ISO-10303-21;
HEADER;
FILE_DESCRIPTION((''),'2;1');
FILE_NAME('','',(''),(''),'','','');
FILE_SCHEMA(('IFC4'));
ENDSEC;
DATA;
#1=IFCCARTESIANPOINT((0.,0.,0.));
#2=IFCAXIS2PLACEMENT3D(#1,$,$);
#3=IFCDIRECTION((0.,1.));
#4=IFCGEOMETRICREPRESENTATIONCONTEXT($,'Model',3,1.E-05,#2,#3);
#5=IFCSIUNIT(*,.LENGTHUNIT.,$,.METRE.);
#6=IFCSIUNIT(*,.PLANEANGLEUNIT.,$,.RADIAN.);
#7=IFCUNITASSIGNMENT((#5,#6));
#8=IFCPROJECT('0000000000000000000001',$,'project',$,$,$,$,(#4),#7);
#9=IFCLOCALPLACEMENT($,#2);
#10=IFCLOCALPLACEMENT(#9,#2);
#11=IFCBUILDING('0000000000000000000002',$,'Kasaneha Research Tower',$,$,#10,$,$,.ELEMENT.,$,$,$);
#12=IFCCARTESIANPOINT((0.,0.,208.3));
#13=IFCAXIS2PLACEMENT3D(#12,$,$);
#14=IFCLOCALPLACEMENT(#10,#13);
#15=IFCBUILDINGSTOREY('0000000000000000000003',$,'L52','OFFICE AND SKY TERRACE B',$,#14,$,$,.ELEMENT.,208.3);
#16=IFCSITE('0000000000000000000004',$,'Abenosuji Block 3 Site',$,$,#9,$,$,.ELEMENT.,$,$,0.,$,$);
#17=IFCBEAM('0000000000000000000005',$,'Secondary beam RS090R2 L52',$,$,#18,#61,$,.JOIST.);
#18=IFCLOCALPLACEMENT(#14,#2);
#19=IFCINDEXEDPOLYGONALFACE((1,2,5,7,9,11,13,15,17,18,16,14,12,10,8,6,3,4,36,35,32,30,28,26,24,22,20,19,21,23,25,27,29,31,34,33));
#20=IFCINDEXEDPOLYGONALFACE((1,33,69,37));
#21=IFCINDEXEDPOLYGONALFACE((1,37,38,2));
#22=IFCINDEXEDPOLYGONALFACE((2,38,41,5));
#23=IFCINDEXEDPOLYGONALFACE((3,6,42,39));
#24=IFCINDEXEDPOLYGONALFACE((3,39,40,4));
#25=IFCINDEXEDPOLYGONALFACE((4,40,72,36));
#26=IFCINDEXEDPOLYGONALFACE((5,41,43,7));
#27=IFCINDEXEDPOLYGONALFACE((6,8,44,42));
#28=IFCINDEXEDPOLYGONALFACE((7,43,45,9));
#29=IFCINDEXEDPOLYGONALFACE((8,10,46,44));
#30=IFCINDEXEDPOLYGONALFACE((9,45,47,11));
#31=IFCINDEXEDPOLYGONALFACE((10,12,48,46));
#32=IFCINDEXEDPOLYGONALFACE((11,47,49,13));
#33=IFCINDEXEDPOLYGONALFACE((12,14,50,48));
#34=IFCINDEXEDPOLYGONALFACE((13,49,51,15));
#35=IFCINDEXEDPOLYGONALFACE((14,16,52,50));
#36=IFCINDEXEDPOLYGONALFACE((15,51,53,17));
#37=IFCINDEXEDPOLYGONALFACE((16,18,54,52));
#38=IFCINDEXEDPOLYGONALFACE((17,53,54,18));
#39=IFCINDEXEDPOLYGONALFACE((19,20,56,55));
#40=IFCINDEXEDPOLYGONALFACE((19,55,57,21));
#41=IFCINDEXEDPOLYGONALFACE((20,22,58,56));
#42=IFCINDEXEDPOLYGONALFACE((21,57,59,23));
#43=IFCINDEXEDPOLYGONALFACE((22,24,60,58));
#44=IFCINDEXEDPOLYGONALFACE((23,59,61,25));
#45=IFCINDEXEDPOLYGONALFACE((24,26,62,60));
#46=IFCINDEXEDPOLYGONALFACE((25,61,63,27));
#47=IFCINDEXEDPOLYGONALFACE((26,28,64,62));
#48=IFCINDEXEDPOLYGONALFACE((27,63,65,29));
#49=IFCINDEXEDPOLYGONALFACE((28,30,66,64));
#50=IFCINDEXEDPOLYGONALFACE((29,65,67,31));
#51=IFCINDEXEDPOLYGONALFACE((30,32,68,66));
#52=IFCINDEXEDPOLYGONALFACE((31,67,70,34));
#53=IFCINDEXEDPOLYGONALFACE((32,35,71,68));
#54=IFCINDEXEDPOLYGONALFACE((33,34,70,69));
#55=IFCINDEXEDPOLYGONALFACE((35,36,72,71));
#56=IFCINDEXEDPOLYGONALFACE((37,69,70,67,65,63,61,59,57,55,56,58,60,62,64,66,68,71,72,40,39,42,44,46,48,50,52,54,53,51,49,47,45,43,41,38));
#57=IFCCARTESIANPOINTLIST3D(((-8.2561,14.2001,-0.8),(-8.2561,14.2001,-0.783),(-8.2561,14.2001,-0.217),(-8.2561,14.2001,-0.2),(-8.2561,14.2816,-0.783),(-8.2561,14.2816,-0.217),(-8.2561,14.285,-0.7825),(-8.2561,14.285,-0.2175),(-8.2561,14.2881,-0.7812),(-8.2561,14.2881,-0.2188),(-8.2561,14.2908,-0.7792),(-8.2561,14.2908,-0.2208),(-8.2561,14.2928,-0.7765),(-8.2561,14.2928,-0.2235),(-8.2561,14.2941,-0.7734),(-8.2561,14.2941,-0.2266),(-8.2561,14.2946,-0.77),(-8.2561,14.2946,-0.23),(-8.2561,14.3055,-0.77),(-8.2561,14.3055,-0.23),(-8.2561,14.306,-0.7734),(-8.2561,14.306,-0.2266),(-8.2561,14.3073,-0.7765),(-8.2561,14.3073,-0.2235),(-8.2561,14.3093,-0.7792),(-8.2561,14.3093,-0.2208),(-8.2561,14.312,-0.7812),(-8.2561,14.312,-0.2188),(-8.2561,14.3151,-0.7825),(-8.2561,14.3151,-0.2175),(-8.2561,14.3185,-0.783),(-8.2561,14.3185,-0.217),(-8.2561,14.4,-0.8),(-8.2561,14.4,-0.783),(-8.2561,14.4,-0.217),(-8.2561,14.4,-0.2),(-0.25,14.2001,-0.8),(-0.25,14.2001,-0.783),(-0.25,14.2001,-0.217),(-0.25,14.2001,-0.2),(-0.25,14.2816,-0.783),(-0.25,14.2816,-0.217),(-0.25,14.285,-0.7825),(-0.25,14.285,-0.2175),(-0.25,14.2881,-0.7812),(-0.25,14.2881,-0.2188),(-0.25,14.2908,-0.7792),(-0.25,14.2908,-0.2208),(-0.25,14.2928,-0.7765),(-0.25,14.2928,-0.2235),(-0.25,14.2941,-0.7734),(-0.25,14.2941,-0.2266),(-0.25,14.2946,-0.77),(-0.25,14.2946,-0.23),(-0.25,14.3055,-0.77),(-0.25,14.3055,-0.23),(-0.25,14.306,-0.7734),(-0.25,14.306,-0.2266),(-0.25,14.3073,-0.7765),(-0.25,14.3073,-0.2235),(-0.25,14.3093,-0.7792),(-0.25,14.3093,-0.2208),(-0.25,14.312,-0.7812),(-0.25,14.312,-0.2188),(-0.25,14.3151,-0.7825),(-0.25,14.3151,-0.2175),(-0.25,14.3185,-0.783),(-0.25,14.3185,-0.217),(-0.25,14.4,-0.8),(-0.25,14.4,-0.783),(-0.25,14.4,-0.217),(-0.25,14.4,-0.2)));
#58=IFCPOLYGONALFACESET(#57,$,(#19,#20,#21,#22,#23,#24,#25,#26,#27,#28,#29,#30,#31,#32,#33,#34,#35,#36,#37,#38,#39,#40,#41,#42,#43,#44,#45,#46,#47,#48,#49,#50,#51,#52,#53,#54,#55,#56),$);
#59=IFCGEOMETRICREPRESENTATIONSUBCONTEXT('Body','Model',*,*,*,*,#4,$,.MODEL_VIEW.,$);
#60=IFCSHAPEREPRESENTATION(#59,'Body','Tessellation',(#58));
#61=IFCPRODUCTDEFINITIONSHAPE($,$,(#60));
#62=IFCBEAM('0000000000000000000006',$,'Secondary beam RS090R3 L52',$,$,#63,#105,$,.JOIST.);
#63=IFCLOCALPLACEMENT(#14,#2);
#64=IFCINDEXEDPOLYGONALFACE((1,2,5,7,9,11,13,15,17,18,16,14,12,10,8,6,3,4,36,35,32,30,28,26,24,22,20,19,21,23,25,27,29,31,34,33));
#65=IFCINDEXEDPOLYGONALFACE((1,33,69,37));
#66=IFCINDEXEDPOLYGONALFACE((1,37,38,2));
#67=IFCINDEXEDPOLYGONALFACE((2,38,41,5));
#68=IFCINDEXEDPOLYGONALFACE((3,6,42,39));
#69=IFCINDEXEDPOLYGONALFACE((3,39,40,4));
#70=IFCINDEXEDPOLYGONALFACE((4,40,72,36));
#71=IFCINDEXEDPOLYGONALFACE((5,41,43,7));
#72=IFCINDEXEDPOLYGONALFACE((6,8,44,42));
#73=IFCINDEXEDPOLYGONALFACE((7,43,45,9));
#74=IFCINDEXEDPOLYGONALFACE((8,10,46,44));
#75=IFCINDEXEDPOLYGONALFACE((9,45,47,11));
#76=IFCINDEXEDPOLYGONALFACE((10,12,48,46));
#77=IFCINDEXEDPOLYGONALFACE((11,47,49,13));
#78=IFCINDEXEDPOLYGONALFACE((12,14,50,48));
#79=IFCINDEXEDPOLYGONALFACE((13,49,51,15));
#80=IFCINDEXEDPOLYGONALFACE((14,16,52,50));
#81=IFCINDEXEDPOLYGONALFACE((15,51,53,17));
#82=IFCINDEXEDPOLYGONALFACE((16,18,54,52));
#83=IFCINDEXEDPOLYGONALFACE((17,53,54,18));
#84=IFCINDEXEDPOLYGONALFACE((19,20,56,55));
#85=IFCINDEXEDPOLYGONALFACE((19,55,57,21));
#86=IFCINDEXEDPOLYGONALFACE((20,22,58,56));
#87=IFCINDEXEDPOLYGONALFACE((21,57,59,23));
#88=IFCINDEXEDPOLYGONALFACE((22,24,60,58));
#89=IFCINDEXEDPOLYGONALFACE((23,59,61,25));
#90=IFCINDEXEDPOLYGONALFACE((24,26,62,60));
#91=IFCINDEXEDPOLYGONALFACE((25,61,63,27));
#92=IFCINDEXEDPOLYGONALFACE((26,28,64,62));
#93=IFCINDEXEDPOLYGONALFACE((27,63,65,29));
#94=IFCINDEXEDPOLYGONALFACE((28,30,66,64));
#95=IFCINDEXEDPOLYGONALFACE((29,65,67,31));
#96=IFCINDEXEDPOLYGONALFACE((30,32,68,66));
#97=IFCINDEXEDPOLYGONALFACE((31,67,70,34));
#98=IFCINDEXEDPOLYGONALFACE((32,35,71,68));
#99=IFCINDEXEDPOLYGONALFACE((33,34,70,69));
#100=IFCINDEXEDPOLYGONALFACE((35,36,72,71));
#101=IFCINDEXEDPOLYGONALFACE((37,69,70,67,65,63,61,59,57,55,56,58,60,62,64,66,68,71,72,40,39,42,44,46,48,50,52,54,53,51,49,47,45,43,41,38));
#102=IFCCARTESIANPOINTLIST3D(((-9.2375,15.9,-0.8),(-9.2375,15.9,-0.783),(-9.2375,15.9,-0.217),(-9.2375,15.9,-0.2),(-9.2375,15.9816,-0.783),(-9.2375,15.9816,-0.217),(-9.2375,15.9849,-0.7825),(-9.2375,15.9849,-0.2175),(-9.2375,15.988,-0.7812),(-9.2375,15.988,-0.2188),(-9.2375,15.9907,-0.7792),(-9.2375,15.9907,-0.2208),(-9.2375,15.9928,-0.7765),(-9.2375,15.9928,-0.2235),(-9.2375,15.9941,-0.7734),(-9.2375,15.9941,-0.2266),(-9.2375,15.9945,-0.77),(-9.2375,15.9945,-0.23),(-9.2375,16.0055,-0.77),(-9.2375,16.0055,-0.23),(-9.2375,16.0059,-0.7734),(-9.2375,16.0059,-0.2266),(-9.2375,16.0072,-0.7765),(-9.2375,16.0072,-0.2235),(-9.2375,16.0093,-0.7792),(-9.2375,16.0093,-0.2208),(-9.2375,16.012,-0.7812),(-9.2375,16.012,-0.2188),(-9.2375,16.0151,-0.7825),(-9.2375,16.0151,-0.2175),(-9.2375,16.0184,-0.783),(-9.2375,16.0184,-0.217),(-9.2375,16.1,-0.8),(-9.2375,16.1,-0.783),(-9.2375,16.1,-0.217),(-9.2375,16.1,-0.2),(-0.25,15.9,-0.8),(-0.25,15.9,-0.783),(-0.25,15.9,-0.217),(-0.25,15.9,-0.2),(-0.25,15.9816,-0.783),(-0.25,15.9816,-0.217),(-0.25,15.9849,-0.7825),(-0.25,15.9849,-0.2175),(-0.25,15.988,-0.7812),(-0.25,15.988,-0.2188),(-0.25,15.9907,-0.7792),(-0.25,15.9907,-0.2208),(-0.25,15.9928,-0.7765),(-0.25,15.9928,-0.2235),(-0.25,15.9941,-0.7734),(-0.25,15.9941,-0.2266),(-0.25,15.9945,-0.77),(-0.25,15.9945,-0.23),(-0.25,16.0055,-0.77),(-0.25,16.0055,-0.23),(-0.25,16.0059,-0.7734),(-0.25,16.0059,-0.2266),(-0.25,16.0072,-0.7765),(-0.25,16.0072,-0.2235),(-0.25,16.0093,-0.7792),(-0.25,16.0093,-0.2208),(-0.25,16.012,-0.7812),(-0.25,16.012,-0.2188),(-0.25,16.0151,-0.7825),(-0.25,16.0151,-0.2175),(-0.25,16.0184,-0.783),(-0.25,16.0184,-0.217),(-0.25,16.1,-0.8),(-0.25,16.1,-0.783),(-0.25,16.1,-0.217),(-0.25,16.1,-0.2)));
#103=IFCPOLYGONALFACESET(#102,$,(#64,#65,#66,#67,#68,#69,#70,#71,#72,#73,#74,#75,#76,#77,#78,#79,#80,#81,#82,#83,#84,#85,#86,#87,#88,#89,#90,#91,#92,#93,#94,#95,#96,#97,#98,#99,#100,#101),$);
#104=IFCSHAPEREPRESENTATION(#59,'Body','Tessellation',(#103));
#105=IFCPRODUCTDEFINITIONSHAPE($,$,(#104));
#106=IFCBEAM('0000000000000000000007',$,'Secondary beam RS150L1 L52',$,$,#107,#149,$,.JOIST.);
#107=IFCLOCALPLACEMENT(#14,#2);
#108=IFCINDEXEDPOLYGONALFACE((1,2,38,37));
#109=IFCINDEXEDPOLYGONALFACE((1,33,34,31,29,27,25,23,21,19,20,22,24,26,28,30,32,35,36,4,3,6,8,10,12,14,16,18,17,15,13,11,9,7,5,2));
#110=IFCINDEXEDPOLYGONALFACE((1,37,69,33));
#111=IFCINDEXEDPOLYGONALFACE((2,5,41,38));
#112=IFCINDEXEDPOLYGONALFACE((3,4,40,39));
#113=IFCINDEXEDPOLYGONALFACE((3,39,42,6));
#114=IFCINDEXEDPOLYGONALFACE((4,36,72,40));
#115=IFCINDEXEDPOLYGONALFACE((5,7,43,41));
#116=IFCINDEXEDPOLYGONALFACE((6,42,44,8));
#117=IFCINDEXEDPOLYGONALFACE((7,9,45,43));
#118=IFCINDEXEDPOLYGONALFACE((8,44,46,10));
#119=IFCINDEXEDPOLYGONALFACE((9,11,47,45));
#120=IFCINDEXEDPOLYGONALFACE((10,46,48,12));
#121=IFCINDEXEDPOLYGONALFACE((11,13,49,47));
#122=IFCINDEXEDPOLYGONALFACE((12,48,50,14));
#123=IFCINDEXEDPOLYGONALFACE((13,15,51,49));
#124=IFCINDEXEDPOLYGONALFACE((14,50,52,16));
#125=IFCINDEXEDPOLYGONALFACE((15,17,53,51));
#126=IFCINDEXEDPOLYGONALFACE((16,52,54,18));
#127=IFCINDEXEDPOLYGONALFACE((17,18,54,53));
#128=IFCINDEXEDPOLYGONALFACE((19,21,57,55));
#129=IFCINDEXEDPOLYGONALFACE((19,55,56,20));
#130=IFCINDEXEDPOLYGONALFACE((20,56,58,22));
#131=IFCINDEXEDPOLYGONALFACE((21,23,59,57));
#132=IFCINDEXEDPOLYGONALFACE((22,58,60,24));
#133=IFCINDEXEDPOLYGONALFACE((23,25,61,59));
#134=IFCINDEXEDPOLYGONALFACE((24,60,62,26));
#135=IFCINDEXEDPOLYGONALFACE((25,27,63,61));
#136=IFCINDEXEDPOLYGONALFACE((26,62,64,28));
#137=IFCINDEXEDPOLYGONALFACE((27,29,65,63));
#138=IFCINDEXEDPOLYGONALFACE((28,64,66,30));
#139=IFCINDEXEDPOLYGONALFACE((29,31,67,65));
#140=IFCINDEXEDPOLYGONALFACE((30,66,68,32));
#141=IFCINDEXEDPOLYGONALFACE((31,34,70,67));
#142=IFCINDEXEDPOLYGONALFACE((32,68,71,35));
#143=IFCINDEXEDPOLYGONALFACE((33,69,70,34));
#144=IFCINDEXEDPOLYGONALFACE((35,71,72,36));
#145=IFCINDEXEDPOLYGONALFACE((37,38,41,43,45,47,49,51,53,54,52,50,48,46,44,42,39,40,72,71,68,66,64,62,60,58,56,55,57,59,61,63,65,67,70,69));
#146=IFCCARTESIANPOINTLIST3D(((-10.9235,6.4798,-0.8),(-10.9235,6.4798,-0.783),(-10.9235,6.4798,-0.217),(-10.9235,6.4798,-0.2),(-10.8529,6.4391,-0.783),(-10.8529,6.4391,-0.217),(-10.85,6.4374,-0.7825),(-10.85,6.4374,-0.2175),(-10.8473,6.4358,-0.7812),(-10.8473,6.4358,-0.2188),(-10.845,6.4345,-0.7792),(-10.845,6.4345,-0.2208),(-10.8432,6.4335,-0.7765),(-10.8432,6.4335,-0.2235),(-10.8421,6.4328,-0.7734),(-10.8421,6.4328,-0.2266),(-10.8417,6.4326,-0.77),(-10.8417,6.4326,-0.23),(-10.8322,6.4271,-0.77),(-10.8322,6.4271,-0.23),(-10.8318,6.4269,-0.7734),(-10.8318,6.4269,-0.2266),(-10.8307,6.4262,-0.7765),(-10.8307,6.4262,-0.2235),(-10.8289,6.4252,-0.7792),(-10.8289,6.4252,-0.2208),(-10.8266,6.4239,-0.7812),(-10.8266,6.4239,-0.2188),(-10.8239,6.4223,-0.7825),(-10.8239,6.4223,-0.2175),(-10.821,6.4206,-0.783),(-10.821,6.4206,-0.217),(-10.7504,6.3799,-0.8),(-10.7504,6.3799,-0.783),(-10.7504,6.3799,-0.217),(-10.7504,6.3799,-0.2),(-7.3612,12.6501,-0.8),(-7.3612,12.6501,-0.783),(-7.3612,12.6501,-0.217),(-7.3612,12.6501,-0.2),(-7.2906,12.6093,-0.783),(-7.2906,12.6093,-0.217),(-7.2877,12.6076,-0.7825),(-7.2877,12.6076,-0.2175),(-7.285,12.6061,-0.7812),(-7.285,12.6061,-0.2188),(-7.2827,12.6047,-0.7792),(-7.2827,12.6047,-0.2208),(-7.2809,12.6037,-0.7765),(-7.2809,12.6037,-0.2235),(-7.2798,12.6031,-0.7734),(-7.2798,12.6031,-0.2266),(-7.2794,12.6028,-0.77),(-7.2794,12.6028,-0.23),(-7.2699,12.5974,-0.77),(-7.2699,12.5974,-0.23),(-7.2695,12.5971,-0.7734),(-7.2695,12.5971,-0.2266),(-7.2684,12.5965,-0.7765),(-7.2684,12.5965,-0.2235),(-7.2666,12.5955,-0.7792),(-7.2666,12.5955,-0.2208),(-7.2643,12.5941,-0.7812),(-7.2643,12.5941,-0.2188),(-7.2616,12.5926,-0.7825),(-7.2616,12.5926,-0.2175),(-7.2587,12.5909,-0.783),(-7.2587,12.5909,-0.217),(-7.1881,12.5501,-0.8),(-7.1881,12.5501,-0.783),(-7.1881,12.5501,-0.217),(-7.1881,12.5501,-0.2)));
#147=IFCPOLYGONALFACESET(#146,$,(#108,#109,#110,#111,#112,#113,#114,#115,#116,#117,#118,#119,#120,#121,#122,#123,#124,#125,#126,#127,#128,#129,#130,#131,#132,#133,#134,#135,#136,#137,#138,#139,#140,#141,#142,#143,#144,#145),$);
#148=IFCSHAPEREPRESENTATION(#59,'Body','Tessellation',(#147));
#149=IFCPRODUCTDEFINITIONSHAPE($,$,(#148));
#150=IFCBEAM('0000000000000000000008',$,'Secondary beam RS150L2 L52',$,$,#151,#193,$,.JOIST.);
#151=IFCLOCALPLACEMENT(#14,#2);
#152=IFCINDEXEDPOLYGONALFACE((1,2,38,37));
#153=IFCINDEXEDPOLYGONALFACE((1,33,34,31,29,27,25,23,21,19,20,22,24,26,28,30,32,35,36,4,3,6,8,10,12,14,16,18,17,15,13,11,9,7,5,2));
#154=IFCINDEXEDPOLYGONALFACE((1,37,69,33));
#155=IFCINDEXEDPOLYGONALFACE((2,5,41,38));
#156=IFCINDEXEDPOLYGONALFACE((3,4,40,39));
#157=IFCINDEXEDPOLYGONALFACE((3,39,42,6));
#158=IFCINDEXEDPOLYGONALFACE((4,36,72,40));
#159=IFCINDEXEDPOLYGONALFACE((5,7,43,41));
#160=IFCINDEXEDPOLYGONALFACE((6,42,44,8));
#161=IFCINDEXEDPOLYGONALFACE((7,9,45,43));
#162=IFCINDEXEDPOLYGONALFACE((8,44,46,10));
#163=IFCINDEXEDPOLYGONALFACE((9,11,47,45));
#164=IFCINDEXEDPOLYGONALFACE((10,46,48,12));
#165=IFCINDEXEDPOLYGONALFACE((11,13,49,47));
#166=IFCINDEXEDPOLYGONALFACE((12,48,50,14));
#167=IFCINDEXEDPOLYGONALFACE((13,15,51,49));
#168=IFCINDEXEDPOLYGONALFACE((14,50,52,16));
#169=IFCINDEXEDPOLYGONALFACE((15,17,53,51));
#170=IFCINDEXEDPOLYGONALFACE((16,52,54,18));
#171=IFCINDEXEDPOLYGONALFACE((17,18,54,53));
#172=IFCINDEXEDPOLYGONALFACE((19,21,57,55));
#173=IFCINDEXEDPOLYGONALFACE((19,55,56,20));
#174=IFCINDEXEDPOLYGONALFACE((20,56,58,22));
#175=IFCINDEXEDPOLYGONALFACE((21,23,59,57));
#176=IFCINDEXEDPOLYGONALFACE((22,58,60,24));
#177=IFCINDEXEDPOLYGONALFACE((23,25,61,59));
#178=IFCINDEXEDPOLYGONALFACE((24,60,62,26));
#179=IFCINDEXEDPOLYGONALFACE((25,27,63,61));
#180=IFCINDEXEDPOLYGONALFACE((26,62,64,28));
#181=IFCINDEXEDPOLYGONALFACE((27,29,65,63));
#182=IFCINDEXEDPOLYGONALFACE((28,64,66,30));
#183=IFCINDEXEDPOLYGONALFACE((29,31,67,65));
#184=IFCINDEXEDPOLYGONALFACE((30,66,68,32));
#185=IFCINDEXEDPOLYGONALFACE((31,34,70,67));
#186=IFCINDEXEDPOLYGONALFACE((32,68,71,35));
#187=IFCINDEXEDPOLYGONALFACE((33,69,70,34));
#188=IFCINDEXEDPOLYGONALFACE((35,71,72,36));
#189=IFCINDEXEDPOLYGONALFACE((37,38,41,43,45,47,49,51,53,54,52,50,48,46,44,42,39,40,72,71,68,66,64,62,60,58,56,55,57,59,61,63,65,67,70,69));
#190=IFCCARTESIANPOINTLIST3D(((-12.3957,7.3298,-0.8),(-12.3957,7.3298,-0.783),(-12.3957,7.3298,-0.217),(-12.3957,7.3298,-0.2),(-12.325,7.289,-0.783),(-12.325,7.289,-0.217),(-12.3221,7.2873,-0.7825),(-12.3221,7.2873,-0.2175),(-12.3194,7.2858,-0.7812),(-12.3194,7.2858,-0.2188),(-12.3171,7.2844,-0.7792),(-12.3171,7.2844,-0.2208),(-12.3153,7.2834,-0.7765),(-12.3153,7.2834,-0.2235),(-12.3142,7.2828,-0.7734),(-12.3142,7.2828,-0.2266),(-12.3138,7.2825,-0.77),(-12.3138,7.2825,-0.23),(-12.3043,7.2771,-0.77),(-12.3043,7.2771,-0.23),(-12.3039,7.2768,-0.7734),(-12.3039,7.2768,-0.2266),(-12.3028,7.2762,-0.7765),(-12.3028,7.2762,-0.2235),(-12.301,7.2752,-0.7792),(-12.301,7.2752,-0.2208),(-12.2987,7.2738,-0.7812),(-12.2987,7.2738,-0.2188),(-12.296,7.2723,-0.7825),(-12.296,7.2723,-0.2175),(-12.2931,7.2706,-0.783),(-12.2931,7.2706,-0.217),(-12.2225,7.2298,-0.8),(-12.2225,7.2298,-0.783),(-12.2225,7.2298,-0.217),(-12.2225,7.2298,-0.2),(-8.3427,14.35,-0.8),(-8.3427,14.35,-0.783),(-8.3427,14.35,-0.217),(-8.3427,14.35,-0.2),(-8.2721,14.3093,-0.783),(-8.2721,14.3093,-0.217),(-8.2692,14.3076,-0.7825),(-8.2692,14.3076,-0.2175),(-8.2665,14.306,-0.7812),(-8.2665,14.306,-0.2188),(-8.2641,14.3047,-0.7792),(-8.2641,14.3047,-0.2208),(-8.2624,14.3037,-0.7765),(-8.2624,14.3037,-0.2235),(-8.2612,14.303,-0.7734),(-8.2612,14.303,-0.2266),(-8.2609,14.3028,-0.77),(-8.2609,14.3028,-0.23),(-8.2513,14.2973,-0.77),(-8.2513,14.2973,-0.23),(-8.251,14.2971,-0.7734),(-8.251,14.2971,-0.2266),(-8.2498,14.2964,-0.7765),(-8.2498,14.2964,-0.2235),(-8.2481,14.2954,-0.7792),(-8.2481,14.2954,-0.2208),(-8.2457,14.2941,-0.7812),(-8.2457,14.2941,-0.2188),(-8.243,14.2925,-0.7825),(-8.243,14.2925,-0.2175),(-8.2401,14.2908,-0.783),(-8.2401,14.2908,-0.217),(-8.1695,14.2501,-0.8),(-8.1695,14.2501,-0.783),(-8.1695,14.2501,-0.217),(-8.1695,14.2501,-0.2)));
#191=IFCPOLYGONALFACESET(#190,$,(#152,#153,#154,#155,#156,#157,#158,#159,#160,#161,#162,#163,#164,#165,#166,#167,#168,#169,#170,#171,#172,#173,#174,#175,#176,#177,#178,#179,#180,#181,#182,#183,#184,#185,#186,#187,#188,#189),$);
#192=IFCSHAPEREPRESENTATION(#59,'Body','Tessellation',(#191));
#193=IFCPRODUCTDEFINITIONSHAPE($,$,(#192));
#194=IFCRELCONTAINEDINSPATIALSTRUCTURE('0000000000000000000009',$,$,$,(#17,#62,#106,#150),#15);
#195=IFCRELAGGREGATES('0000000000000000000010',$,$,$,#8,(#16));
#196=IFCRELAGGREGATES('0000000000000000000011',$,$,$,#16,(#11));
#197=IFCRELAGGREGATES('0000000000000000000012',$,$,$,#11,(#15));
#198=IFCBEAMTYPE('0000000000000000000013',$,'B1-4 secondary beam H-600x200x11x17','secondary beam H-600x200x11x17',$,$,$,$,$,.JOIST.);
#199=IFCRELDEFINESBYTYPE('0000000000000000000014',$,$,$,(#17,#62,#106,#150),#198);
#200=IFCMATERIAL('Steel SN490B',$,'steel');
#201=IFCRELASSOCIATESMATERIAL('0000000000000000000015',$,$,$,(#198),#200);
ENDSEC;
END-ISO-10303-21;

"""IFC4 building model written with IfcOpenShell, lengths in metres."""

from ifc_helpers import new_model, si_unit, direction, frame, origin, origin_2d, place, context, subcontext, project, spatial, i_section, extrude, material, material_profile, profile_set, type_object, element, save


model = new_model("IFC4")

# Units and contexts
model_context = context("Model", 3, precision=1e-05, world=origin(), true_north=direction((0.0, 1.0)))
body_context = subcontext(model_context, "Body", "Model", "MODEL_VIEW")
ifc_project = project(units=[si_unit("LENGTHUNIT", "METRE"), si_unit("PLANEANGLEUNIT", "RADIAN")], contexts=[model_context])

# Site, building, storey
site_placement = place(None, origin())
site = spatial("IfcSite", under=ifc_project, at=site_placement, Name="Abenosuji Block 3 Site", CompositionType="ELEMENT", RefElevation=0.0)
building_placement = place(site_placement, origin())
building = spatial("IfcBuilding", under=site, at=building_placement, Name="Kasaneha Research Tower", CompositionType="ELEMENT")
storey_placement = place(building_placement, frame((0.0, 0.0, 208.3)))
storey = spatial("IfcBuildingStorey", under=building, at=storey_placement, Name="L52", Description="OFFICE AND SKY TERRACE B", CompositionType="ELEMENT", Elevation=208.3)

# Beams
ifc_material = material(Name="Steel SN490B", Category="steel")
ifc_material_profile = material_profile(ifc_material, i_section(OverallWidth=0.2, OverallDepth=0.6001, WebThickness=0.011, FlangeThickness=0.0171, FilletRadius=0.0129, at=origin_2d()), Name="H-600x200x11x17")
ifc_profile_set = profile_set([ifc_material_profile], Name="Steel SN490B")
beam_type = type_object("IfcBeamType", Name="B1-4 secondary beam H-600x200x11x17", Description="secondary beam H-600x200x11x17", PredefinedType="JOIST", material=ifc_profile_set)
beam_1_placement = place(storey_placement, frame((-8.2561, 14.3, -0.5), z_axis=(1.0, 0.0, 0.0), x_axis=(0.0, 1.0, 0.0)))
element("IfcBeam", 1, at=beam_1_placement, inside=storey, type_object=beam_type, Name="Secondary beam RS090R2 L52", PredefinedType="JOIST", context=body_context, shape_type="SweptSolid", body=[
    extrude(i_section(OverallWidth=0.2, OverallDepth=0.6001, WebThickness=0.011, FlangeThickness=0.0171, FilletRadius=0.0129, at=origin_2d()), origin(), (0.0, 0.0, 1.0), 8.0061),
])
beam_2_placement = place(storey_placement, frame((-9.2375, 16.0, -0.5), z_axis=(1.0, 0.0, 0.0), x_axis=(0.0, 1.0, 0.0)))
element("IfcBeam", 2, at=beam_2_placement, inside=storey, type_object=beam_type, Name="Secondary beam RS090R3 L52", PredefinedType="JOIST", context=body_context, shape_type="SweptSolid", body=[
    extrude(i_section(OverallWidth=0.2, OverallDepth=0.6001, WebThickness=0.011, FlangeThickness=0.0171, FilletRadius=0.0129, at=origin_2d()), origin(), (0.0, 0.0, 1.0), 8.9875),
])
beam_3_placement = place(storey_placement, frame((-7.2747, 12.6001, -0.5), z_axis=(-0.49999, -0.866031, 0.0), x_axis=(0.866031, -0.49999, 0.0)))
element("IfcBeam", 3, at=beam_3_placement, inside=storey, type_object=beam_type, Name="Secondary beam RS150L1 L52", PredefinedType="JOIST", context=body_context, shape_type="SweptSolid", body=[
    extrude(i_section(OverallWidth=0.2, OverallDepth=0.6001, WebThickness=0.011, FlangeThickness=0.0171, FilletRadius=0.0129, at=origin_2d()), origin(), (0.0, 0.0, 1.0), 7.1248),
])
beam_4_placement = place(storey_placement, frame((-8.2561, 14.3, -0.5), z_axis=(-0.499984, -0.866035, 0.0), x_axis=(0.866035, -0.499984, 0.0)))
element("IfcBeam", 4, at=beam_4_placement, inside=storey, type_object=beam_type, Name="Secondary beam RS150L2 L52", PredefinedType="JOIST", context=body_context, shape_type="SweptSolid", body=[
    extrude(i_section(OverallWidth=0.2, OverallDepth=0.6001, WebThickness=0.011, FlangeThickness=0.0171, FilletRadius=0.0129, at=origin_2d()), origin(), (0.0, 0.0, 1.0), 8.1062),
])

save(model, "model.ifc")
